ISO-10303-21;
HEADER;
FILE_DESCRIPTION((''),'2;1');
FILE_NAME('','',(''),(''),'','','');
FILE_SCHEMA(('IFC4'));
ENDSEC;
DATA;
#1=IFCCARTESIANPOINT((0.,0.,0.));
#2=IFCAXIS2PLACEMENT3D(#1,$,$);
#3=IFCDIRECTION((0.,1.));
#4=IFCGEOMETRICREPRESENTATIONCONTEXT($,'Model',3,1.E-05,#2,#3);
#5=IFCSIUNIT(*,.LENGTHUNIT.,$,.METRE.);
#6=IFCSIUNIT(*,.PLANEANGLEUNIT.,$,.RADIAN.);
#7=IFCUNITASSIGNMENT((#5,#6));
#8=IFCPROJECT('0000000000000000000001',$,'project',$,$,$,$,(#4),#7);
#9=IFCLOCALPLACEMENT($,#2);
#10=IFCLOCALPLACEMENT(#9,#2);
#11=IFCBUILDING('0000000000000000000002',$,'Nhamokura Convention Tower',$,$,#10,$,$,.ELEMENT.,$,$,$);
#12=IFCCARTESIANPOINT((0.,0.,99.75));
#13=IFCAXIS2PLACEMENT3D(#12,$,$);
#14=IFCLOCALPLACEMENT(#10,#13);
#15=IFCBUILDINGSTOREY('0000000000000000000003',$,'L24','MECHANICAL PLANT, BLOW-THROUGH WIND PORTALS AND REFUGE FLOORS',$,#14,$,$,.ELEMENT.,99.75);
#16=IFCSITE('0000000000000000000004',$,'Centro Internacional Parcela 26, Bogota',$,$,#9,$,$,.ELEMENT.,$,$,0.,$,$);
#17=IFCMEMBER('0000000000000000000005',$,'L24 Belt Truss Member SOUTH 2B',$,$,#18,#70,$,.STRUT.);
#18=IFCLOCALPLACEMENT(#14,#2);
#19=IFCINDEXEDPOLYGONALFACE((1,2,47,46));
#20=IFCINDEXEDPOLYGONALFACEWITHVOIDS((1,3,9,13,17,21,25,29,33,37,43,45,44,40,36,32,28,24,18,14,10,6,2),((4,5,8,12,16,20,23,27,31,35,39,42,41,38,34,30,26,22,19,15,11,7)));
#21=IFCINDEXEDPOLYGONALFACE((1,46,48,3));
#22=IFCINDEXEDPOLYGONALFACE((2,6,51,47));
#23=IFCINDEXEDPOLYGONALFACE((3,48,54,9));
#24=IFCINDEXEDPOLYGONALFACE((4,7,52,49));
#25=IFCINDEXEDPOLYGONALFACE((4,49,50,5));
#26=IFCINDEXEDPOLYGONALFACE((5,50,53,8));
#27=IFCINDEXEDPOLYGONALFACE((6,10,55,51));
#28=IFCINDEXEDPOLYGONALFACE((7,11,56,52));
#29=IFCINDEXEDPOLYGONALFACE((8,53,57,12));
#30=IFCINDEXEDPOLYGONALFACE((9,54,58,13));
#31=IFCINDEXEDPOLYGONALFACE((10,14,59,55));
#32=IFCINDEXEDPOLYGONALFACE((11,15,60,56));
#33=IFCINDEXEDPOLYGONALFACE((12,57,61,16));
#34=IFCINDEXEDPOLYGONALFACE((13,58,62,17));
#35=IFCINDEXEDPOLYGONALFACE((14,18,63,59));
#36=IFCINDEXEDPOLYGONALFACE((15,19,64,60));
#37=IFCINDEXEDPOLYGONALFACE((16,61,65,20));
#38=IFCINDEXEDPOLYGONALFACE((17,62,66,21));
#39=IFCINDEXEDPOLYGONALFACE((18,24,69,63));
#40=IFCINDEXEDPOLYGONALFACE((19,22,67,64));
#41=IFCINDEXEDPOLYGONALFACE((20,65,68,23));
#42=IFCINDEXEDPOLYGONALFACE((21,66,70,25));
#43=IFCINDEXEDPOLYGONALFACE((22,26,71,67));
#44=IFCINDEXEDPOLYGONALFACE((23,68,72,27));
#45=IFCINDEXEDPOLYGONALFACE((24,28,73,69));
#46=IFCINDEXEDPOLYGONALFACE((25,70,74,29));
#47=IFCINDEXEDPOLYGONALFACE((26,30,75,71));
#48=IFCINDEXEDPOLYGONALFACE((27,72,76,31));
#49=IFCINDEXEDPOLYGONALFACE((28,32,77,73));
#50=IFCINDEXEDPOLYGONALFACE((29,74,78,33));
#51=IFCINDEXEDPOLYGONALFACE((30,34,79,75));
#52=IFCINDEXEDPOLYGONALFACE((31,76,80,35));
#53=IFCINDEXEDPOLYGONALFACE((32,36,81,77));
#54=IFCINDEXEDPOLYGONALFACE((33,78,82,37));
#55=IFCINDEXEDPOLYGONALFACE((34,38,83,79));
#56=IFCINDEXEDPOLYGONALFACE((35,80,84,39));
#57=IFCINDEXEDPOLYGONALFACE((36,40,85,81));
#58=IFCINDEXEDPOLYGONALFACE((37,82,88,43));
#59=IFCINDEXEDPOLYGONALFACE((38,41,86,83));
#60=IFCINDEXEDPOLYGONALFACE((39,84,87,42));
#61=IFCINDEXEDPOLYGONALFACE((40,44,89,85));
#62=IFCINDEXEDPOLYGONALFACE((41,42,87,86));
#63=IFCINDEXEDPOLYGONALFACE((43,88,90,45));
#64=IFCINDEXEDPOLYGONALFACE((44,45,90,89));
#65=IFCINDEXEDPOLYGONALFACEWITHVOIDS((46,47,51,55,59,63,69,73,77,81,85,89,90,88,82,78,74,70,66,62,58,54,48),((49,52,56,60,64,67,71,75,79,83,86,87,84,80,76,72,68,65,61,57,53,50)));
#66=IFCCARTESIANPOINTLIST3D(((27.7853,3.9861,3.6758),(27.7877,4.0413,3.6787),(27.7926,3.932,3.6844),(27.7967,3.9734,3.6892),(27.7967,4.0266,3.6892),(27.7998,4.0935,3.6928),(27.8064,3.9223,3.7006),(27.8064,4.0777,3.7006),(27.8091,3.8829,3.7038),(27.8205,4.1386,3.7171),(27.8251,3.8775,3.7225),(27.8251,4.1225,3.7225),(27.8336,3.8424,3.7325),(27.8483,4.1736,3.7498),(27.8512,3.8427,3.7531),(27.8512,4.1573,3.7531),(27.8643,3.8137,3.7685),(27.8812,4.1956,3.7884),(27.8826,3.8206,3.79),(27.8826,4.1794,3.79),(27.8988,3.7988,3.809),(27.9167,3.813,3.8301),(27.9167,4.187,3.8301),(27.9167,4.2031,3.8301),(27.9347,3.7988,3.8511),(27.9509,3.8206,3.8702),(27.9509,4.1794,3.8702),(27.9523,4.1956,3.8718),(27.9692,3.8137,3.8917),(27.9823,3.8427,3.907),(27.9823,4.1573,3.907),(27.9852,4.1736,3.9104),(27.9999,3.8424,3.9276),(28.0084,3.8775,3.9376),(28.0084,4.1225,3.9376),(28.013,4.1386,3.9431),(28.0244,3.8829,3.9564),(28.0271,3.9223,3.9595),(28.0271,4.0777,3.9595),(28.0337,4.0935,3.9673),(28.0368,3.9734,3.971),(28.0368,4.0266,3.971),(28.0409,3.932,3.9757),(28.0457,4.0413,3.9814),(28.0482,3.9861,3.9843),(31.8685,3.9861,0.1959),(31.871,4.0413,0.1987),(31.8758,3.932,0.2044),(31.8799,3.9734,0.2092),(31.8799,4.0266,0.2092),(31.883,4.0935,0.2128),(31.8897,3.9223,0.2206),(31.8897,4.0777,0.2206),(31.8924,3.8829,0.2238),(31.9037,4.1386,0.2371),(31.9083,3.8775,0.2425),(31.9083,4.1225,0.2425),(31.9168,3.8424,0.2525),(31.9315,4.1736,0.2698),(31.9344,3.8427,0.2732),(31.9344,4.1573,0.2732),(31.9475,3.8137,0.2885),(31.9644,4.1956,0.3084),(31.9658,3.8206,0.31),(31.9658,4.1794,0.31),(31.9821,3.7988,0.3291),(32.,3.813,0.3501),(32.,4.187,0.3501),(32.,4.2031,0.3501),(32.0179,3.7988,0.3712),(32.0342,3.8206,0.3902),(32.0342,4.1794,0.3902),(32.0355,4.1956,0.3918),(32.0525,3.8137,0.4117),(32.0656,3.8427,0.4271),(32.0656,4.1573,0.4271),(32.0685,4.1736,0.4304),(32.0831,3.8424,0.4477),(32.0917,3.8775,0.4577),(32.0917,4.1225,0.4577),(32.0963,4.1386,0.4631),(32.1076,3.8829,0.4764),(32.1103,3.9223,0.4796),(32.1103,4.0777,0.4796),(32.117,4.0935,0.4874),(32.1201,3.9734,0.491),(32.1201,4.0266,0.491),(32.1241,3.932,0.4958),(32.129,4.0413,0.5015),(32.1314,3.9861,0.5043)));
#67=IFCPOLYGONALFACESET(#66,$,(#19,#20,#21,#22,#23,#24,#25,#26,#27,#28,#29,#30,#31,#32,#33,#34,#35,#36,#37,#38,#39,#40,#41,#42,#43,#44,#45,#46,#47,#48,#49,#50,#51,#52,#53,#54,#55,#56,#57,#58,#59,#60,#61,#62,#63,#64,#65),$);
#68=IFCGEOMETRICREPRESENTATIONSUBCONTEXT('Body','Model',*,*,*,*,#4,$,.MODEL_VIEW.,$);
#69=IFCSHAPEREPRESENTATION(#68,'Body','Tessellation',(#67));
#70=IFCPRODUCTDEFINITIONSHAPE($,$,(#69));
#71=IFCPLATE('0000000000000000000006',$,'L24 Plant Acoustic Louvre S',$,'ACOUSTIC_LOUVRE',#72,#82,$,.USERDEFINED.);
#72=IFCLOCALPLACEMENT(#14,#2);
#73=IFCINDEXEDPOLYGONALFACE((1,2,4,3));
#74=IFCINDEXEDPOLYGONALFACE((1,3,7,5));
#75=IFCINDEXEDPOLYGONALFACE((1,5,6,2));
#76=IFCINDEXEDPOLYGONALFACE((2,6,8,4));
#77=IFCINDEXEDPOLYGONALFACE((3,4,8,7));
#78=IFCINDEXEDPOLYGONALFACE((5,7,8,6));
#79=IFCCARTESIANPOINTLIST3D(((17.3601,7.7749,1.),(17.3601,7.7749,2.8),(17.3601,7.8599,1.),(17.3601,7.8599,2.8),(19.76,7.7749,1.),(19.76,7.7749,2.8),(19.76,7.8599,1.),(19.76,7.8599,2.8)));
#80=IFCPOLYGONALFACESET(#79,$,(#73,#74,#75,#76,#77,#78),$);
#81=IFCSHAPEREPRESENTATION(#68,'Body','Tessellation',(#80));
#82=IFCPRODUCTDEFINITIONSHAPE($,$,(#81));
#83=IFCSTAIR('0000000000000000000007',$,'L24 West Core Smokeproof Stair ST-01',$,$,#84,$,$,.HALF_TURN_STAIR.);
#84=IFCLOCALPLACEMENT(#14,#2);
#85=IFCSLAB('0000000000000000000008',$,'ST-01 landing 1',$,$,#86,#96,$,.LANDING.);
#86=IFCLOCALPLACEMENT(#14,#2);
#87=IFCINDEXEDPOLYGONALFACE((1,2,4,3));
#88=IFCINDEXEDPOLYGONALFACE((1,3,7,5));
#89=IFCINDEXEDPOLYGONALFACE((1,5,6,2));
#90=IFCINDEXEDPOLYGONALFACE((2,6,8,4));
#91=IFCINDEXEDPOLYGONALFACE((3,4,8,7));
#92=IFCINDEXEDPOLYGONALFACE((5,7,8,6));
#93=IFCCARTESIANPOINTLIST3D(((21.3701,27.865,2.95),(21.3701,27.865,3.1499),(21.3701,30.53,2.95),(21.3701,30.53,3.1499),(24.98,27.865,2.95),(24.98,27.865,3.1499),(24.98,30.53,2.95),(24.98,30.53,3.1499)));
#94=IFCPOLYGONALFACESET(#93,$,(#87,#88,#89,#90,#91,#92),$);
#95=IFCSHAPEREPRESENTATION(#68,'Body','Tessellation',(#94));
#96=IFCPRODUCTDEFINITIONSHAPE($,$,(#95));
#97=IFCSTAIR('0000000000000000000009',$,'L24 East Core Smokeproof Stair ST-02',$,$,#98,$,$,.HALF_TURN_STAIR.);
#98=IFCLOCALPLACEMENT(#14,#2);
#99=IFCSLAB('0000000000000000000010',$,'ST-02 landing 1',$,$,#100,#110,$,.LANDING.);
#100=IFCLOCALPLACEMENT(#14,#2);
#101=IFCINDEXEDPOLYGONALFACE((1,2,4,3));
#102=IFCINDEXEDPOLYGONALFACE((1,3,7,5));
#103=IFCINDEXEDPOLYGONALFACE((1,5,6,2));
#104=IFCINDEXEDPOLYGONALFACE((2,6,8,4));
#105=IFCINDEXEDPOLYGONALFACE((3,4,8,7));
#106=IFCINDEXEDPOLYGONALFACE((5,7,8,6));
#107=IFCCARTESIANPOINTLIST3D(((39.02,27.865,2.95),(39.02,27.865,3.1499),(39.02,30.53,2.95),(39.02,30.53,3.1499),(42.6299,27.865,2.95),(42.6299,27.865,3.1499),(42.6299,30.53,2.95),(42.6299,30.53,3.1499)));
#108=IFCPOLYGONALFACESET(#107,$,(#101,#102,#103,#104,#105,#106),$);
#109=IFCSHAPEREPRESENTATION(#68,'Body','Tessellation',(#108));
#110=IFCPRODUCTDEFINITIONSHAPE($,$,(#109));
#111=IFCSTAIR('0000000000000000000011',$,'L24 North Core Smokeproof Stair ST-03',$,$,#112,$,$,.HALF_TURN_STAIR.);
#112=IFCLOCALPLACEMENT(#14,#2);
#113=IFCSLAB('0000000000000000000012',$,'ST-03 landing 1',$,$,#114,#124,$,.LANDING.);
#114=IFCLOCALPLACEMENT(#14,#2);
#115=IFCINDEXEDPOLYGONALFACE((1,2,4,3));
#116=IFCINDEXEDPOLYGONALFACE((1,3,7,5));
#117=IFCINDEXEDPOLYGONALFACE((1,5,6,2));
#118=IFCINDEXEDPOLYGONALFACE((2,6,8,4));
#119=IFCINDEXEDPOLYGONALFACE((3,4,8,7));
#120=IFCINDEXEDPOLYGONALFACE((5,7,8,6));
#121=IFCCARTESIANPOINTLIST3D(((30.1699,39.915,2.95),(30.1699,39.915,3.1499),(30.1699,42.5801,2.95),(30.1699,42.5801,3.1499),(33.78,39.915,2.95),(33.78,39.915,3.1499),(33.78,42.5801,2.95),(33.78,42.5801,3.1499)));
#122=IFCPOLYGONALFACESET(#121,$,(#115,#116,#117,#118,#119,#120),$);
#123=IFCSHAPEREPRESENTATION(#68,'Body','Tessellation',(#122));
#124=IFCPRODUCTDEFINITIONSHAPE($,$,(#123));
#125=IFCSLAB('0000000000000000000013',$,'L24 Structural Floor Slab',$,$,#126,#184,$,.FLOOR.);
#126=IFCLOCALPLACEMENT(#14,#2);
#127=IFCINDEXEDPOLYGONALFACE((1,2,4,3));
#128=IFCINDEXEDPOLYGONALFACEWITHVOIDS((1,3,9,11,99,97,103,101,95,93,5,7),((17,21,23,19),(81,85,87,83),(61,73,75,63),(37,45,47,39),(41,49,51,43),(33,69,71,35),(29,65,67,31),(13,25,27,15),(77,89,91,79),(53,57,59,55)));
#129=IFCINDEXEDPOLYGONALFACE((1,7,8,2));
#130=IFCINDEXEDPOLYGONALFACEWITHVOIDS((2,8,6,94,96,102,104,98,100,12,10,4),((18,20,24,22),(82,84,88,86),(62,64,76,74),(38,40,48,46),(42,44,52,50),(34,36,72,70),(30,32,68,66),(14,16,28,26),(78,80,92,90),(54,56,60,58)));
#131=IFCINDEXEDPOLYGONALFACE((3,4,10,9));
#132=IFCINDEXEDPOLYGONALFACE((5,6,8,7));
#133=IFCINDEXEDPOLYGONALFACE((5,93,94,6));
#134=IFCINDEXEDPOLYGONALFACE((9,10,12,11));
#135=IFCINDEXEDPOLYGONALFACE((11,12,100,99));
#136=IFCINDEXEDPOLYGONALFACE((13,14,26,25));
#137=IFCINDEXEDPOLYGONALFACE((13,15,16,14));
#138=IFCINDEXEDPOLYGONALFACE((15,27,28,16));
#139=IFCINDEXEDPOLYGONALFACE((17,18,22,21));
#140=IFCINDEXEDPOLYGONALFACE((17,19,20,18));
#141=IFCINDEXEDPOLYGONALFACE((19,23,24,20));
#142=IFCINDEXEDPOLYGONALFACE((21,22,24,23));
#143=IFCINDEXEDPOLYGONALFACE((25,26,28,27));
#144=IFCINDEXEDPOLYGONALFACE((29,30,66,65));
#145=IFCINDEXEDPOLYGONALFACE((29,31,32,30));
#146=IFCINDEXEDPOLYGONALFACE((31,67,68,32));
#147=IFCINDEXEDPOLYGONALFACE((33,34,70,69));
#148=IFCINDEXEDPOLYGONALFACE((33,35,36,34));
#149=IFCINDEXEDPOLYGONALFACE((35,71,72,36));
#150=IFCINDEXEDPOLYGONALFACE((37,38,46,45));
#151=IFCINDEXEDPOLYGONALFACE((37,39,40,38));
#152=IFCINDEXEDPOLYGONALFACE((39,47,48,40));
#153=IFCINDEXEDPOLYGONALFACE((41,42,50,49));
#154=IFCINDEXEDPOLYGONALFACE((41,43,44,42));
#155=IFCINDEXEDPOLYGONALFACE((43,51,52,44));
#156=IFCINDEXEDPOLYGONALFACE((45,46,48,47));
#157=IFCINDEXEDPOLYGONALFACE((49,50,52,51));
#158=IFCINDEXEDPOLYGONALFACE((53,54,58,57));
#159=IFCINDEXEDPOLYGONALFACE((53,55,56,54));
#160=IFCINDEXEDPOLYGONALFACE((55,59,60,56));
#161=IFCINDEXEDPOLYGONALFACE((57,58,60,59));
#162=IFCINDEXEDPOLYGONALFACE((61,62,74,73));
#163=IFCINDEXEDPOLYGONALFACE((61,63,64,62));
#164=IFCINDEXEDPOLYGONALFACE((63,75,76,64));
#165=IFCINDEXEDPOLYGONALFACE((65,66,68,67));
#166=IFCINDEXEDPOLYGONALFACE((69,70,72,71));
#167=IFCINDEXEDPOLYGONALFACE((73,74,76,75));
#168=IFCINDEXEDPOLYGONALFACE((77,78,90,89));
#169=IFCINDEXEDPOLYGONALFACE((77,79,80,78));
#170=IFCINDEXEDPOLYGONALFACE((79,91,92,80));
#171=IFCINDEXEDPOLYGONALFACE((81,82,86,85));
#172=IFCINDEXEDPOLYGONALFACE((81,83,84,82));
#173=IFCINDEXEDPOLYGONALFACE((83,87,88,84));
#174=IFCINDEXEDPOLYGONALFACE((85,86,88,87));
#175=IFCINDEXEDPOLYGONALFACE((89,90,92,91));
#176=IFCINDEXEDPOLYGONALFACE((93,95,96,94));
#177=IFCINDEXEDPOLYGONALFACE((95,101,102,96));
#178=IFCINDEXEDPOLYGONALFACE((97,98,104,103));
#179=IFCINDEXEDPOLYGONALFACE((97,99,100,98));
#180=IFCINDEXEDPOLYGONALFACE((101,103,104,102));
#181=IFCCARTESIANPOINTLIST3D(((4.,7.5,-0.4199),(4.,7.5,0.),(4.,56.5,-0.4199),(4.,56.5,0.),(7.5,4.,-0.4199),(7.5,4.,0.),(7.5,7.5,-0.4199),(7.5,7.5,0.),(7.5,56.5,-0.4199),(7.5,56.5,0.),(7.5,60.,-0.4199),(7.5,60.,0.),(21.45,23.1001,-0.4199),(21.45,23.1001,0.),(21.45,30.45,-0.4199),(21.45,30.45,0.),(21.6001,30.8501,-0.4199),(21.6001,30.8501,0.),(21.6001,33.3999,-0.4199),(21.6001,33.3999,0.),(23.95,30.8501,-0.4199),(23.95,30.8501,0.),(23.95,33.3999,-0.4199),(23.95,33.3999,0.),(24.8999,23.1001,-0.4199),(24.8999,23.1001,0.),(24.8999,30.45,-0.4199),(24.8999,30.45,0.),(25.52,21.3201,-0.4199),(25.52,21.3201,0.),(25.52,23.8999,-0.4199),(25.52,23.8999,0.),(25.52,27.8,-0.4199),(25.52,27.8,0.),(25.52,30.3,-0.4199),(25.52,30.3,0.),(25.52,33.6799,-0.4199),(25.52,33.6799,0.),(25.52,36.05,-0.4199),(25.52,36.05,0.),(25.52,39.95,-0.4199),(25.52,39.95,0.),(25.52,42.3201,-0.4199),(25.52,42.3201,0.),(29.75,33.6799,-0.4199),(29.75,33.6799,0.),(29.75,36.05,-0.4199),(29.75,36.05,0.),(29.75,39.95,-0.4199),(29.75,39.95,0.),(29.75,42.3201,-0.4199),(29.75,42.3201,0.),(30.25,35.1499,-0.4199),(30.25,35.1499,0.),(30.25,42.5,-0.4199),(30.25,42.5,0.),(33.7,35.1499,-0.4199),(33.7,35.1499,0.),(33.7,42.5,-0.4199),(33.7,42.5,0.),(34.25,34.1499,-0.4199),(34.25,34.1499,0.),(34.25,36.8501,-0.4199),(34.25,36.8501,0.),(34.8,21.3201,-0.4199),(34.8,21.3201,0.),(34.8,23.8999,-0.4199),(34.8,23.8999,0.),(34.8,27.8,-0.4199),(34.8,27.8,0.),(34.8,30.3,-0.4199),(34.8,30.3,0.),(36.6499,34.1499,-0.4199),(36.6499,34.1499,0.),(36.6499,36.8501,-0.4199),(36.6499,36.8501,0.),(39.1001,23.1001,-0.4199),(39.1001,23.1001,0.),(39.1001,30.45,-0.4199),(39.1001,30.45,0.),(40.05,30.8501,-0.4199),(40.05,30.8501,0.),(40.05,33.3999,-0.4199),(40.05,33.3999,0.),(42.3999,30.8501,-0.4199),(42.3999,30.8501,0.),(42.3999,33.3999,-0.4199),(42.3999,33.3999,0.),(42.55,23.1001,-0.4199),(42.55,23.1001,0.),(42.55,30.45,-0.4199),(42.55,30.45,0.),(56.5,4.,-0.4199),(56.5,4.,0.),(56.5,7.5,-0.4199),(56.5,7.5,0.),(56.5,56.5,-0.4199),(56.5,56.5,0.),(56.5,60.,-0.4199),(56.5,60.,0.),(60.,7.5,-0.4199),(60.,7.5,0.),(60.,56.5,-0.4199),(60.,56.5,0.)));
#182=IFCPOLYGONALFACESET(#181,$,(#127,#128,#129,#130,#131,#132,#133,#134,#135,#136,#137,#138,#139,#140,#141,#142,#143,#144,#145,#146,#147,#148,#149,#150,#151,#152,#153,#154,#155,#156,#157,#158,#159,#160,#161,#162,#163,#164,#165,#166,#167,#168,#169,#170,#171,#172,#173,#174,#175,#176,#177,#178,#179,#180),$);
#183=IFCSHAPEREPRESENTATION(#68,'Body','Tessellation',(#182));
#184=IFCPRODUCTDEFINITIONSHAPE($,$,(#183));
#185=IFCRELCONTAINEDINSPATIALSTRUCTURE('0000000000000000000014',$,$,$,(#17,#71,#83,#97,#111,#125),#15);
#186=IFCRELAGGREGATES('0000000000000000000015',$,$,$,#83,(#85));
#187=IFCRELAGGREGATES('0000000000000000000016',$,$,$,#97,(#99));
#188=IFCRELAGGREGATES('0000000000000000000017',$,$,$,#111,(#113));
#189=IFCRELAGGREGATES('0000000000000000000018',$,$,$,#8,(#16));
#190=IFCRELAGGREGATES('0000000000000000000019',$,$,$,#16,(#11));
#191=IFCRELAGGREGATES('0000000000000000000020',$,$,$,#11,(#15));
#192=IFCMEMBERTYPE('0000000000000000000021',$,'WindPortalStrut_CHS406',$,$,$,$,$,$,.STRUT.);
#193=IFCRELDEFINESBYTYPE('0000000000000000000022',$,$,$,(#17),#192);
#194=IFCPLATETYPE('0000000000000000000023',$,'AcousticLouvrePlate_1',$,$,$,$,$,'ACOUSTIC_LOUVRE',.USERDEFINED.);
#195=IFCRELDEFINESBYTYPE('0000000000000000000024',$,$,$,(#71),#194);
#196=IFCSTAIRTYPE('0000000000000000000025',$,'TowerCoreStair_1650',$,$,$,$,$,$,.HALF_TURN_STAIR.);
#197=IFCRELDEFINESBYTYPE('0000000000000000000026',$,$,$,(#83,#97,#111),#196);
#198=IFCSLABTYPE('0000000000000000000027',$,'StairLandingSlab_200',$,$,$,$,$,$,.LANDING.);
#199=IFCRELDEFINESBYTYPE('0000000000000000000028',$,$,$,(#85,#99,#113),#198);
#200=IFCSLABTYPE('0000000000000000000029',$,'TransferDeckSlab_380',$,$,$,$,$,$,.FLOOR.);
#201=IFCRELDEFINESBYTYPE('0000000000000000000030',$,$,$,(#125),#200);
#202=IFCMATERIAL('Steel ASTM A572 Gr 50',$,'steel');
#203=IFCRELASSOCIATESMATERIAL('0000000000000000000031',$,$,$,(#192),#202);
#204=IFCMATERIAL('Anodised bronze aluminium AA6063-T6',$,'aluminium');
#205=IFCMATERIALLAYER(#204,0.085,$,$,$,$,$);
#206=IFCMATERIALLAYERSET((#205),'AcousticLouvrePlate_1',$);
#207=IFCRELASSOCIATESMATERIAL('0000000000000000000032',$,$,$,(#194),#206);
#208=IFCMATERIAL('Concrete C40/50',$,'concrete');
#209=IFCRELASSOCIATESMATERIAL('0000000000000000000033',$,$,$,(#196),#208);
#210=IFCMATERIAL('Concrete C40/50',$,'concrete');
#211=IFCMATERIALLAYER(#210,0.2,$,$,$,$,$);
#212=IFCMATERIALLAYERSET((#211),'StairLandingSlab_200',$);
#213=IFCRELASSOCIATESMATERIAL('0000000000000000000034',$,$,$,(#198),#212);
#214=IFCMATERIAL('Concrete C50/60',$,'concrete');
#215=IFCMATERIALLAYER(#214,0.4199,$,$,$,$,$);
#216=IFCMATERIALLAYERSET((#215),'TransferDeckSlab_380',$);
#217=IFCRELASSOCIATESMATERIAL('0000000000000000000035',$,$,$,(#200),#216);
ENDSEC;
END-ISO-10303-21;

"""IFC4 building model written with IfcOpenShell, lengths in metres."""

from ifc_helpers import new_model, si_unit, direction, frame, origin, origin_2d, place, context, subcontext, project, spatial, polyline, rectangle, hollow_circle, outline, extrude, material, layer, layer_set, material_profile, profile_set, type_object, element, aggregate, save


model = new_model("IFC4")

# Units and contexts
model_context = context("Model", 3, precision=1e-05, world=origin(), true_north=direction((0.0, 1.0)))
body_context = subcontext(model_context, "Body", "Model", "MODEL_VIEW")
ifc_project = project(units=[si_unit("LENGTHUNIT", "METRE"), si_unit("PLANEANGLEUNIT", "RADIAN")], contexts=[model_context])

# Site, building, storey
site_placement = place(None, origin())
site = spatial("IfcSite", under=ifc_project, at=site_placement, Name="Centro Internacional Parcela 26, Bogota", CompositionType="ELEMENT", RefElevation=0.0)
building_placement = place(site_placement, origin())
building = spatial("IfcBuilding", under=site, at=building_placement, Name="Nhamokura Convention Tower", CompositionType="ELEMENT")
storey_placement = place(building_placement, frame((0.0, 0.0, 99.75)))
storey = spatial("IfcBuildingStorey", under=building, at=storey_placement, Name="L24", Description="MECHANICAL PLANT, BLOW-THROUGH WIND PORTALS AND REFUGE FLOORS", CompositionType="ELEMENT", Elevation=99.75)

# Member
ifc_material_1 = material(Name="Steel ASTM A572 Gr 50", Category="steel")
ifc_material_profile_1 = material_profile(ifc_material_1, hollow_circle(Radius=0.2031, WallThickness=0.0161, at=origin_2d()))
ifc_profile_set_1 = profile_set([ifc_material_profile_1], Name="Steel ASTM A572 Gr 50")
member_type_1 = type_object("IfcMemberType", Name="WindPortalStrut_CHS406", PredefinedType="STRUT", material=ifc_profile_set_1)
member_1_placement = place(storey_placement, frame((27.9167, 4.0, 3.8301), z_axis=(0.761091, 0.0, -0.648645), x_axis=(0.0, 1.0, 0.0)))
element("IfcMember", 1, at=member_1_placement, inside=storey, type_object=member_type_1, Name="L24 Belt Truss Member SOUTH 2B", PredefinedType="STRUT", context=body_context, shape_type="SweptSolid", body=[
    extrude(hollow_circle(Radius=0.2031, WallThickness=0.0161, at=origin_2d()), origin(), (0.0, 0.0, 1.0), 5.365),
])

# Plate
ifc_material_2 = material(Name="Anodised bronze aluminium AA6063-T6", Category="aluminium")
ifc_layer_1 = layer(ifc_material_2, 0.085)
ifc_layer_set_1 = layer_set([ifc_layer_1], Name="AcousticLouvrePlate_1")
plate_type = type_object("IfcPlateType", Name="AcousticLouvrePlate_1", ElementType="ACOUSTIC_LOUVRE", PredefinedType="USERDEFINED", material=ifc_layer_set_1)
plate_placement = place(storey_placement, frame((18.5601, 7.8174, 1.0), z_axis=(0.0, 0.0, 1.0), x_axis=(-1.0, 0.0, 0.0)))
element("IfcPlate", 2, at=plate_placement, inside=storey, type_object=plate_type, Name="L24 Plant Acoustic Louvre S", ObjectType="ACOUSTIC_LOUVRE", PredefinedType="USERDEFINED", context=body_context, shape_type="SweptSolid", body=[
    extrude(rectangle(XDim=2.3999, YDim=0.085, at=origin_2d()), origin(), (0.0, 0.0, 1.0), 1.8),
])

# Stairs, slabs
ifc_material_3 = material(Name="Concrete C40/50", Category="concrete")
stair_type = type_object("IfcStairType", Name="TowerCoreStair_1650", PredefinedType="HALF_TURN_STAIR", material=ifc_material_3)
stair_1_placement = place(storey_placement, origin())
stair_1 = element("IfcStair", 3, at=stair_1_placement, inside=storey, type_object=stair_type, Name="L24 West Core Smokeproof Stair ST-01", PredefinedType="HALF_TURN_STAIR")
ifc_material_4 = material(Name="Concrete C40/50", Category="concrete")
ifc_layer_2 = layer(ifc_material_4, 0.2)
ifc_layer_set_2 = layer_set([ifc_layer_2], Name="StairLandingSlab_200")
slab_type_1 = type_object("IfcSlabType", Name="StairLandingSlab_200", PredefinedType="LANDING", material=ifc_layer_set_2)
slab_1_placement = place(storey_placement, frame((0.0, 0.0, 2.95)))
slab_1 = element("IfcSlab", 4, at=slab_1_placement, type_object=slab_type_1, Name="ST-01 landing 1", PredefinedType="LANDING", context=body_context, shape_type="SweptSolid", body=[
    extrude(outline(polyline([(24.98, 27.865), (24.98, 30.53), (21.3701, 30.53), (21.3701, 27.865), (24.98, 27.865)])), origin(), (0.0, 0.0, 1.0), 0.2),
])
aggregate(stair_1, [slab_1])
stair_2_placement = place(storey_placement, origin())
stair_2 = element("IfcStair", 5, at=stair_2_placement, inside=storey, type_object=stair_type, Name="L24 East Core Smokeproof Stair ST-02", PredefinedType="HALF_TURN_STAIR")
slab_2_placement = place(storey_placement, frame((0.0, 0.0, 2.95)))
slab_2 = element("IfcSlab", 6, at=slab_2_placement, type_object=slab_type_1, Name="ST-02 landing 1", PredefinedType="LANDING", context=body_context, shape_type="SweptSolid", body=[
    extrude(outline(polyline([(42.6299, 27.865), (42.6299, 30.53), (39.02, 30.53), (39.02, 27.865), (42.6299, 27.865)])), origin(), (0.0, 0.0, 1.0), 0.2),
])
aggregate(stair_2, [slab_2])
stair_3_placement = place(storey_placement, origin())
stair_3 = element("IfcStair", 7, at=stair_3_placement, inside=storey, type_object=stair_type, Name="L24 North Core Smokeproof Stair ST-03", PredefinedType="HALF_TURN_STAIR")
slab_3_placement = place(storey_placement, frame((0.0, 0.0, 2.95)))
slab_3 = element("IfcSlab", 8, at=slab_3_placement, type_object=slab_type_1, Name="ST-03 landing 1", PredefinedType="LANDING", context=body_context, shape_type="SweptSolid", body=[
    extrude(outline(polyline([(33.78, 39.915), (33.78, 42.5801), (30.1699, 42.5801), (30.1699, 39.915), (33.78, 39.915)])), origin(), (0.0, 0.0, 1.0), 0.2),
])
aggregate(stair_3, [slab_3])

# Slab
ifc_material_5 = material(Name="Concrete C50/60", Category="concrete")
ifc_layer_3 = layer(ifc_material_5, 0.4199)
ifc_layer_set_3 = layer_set([ifc_layer_3], Name="TransferDeckSlab_380")
slab_type_2 = type_object("IfcSlabType", Name="TransferDeckSlab_380", PredefinedType="FLOOR", material=ifc_layer_set_3)
slab_4_placement = place(storey_placement, frame((0.0, 0.0, -0.4199)))
element("IfcSlab", 9, at=slab_4_placement, inside=storey, type_object=slab_type_2, Name="L24 Structural Floor Slab", PredefinedType="FLOOR", context=body_context, shape_type="SweptSolid", body=[
    extrude(outline(polyline([(7.5, 4.0), (56.5, 4.0), (56.5, 7.5), (60.0, 7.5), (60.0, 56.5), (56.5, 56.5), (56.5, 60.0), (7.5, 60.0), (7.5, 56.5), (4.0, 56.5), (4.0, 7.5), (7.5, 7.5), (7.5, 4.0)]), holes=[polyline([(24.8999, 23.1001), (24.8999, 30.45), (21.45, 30.45), (21.45, 23.1001), (24.8999, 23.1001)]), polyline([(42.55, 23.1001), (42.55, 30.45), (39.1001, 30.45), (39.1001, 23.1001), (42.55, 23.1001)]), polyline([(33.7, 35.1499), (33.7, 42.5), (30.25, 42.5), (30.25, 35.1499), (33.7, 35.1499)]), polyline([(21.6001, 30.8501), (23.95, 30.8501), (23.95, 33.3999), (21.6001, 33.3999), (21.6001, 30.8501)]), polyline([(40.05, 30.8501), (42.3999, 30.8501), (42.3999, 33.3999), (40.05, 33.3999), (40.05, 30.8501)]), polyline([(34.25, 34.1499), (36.6499, 34.1499), (36.6499, 36.8501), (34.25, 36.8501), (34.25, 34.1499)]), polyline([(25.52, 21.3201), (34.8, 21.3201), (34.8, 23.8999), (25.52, 23.8999), (25.52, 21.3201)]), polyline([(25.52, 27.8), (34.8, 27.8), (34.8, 30.3), (25.52, 30.3), (25.52, 27.8)]), polyline([(25.52, 33.6799), (29.75, 33.6799), (29.75, 36.05), (25.52, 36.05), (25.52, 33.6799)]), polyline([(25.52, 39.95), (29.75, 39.95), (29.75, 42.3201), (25.52, 42.3201), (25.52, 39.95)])]), origin(), (0.0, 0.0, 1.0), 0.4199),
])

save(model, "model.ifc")
